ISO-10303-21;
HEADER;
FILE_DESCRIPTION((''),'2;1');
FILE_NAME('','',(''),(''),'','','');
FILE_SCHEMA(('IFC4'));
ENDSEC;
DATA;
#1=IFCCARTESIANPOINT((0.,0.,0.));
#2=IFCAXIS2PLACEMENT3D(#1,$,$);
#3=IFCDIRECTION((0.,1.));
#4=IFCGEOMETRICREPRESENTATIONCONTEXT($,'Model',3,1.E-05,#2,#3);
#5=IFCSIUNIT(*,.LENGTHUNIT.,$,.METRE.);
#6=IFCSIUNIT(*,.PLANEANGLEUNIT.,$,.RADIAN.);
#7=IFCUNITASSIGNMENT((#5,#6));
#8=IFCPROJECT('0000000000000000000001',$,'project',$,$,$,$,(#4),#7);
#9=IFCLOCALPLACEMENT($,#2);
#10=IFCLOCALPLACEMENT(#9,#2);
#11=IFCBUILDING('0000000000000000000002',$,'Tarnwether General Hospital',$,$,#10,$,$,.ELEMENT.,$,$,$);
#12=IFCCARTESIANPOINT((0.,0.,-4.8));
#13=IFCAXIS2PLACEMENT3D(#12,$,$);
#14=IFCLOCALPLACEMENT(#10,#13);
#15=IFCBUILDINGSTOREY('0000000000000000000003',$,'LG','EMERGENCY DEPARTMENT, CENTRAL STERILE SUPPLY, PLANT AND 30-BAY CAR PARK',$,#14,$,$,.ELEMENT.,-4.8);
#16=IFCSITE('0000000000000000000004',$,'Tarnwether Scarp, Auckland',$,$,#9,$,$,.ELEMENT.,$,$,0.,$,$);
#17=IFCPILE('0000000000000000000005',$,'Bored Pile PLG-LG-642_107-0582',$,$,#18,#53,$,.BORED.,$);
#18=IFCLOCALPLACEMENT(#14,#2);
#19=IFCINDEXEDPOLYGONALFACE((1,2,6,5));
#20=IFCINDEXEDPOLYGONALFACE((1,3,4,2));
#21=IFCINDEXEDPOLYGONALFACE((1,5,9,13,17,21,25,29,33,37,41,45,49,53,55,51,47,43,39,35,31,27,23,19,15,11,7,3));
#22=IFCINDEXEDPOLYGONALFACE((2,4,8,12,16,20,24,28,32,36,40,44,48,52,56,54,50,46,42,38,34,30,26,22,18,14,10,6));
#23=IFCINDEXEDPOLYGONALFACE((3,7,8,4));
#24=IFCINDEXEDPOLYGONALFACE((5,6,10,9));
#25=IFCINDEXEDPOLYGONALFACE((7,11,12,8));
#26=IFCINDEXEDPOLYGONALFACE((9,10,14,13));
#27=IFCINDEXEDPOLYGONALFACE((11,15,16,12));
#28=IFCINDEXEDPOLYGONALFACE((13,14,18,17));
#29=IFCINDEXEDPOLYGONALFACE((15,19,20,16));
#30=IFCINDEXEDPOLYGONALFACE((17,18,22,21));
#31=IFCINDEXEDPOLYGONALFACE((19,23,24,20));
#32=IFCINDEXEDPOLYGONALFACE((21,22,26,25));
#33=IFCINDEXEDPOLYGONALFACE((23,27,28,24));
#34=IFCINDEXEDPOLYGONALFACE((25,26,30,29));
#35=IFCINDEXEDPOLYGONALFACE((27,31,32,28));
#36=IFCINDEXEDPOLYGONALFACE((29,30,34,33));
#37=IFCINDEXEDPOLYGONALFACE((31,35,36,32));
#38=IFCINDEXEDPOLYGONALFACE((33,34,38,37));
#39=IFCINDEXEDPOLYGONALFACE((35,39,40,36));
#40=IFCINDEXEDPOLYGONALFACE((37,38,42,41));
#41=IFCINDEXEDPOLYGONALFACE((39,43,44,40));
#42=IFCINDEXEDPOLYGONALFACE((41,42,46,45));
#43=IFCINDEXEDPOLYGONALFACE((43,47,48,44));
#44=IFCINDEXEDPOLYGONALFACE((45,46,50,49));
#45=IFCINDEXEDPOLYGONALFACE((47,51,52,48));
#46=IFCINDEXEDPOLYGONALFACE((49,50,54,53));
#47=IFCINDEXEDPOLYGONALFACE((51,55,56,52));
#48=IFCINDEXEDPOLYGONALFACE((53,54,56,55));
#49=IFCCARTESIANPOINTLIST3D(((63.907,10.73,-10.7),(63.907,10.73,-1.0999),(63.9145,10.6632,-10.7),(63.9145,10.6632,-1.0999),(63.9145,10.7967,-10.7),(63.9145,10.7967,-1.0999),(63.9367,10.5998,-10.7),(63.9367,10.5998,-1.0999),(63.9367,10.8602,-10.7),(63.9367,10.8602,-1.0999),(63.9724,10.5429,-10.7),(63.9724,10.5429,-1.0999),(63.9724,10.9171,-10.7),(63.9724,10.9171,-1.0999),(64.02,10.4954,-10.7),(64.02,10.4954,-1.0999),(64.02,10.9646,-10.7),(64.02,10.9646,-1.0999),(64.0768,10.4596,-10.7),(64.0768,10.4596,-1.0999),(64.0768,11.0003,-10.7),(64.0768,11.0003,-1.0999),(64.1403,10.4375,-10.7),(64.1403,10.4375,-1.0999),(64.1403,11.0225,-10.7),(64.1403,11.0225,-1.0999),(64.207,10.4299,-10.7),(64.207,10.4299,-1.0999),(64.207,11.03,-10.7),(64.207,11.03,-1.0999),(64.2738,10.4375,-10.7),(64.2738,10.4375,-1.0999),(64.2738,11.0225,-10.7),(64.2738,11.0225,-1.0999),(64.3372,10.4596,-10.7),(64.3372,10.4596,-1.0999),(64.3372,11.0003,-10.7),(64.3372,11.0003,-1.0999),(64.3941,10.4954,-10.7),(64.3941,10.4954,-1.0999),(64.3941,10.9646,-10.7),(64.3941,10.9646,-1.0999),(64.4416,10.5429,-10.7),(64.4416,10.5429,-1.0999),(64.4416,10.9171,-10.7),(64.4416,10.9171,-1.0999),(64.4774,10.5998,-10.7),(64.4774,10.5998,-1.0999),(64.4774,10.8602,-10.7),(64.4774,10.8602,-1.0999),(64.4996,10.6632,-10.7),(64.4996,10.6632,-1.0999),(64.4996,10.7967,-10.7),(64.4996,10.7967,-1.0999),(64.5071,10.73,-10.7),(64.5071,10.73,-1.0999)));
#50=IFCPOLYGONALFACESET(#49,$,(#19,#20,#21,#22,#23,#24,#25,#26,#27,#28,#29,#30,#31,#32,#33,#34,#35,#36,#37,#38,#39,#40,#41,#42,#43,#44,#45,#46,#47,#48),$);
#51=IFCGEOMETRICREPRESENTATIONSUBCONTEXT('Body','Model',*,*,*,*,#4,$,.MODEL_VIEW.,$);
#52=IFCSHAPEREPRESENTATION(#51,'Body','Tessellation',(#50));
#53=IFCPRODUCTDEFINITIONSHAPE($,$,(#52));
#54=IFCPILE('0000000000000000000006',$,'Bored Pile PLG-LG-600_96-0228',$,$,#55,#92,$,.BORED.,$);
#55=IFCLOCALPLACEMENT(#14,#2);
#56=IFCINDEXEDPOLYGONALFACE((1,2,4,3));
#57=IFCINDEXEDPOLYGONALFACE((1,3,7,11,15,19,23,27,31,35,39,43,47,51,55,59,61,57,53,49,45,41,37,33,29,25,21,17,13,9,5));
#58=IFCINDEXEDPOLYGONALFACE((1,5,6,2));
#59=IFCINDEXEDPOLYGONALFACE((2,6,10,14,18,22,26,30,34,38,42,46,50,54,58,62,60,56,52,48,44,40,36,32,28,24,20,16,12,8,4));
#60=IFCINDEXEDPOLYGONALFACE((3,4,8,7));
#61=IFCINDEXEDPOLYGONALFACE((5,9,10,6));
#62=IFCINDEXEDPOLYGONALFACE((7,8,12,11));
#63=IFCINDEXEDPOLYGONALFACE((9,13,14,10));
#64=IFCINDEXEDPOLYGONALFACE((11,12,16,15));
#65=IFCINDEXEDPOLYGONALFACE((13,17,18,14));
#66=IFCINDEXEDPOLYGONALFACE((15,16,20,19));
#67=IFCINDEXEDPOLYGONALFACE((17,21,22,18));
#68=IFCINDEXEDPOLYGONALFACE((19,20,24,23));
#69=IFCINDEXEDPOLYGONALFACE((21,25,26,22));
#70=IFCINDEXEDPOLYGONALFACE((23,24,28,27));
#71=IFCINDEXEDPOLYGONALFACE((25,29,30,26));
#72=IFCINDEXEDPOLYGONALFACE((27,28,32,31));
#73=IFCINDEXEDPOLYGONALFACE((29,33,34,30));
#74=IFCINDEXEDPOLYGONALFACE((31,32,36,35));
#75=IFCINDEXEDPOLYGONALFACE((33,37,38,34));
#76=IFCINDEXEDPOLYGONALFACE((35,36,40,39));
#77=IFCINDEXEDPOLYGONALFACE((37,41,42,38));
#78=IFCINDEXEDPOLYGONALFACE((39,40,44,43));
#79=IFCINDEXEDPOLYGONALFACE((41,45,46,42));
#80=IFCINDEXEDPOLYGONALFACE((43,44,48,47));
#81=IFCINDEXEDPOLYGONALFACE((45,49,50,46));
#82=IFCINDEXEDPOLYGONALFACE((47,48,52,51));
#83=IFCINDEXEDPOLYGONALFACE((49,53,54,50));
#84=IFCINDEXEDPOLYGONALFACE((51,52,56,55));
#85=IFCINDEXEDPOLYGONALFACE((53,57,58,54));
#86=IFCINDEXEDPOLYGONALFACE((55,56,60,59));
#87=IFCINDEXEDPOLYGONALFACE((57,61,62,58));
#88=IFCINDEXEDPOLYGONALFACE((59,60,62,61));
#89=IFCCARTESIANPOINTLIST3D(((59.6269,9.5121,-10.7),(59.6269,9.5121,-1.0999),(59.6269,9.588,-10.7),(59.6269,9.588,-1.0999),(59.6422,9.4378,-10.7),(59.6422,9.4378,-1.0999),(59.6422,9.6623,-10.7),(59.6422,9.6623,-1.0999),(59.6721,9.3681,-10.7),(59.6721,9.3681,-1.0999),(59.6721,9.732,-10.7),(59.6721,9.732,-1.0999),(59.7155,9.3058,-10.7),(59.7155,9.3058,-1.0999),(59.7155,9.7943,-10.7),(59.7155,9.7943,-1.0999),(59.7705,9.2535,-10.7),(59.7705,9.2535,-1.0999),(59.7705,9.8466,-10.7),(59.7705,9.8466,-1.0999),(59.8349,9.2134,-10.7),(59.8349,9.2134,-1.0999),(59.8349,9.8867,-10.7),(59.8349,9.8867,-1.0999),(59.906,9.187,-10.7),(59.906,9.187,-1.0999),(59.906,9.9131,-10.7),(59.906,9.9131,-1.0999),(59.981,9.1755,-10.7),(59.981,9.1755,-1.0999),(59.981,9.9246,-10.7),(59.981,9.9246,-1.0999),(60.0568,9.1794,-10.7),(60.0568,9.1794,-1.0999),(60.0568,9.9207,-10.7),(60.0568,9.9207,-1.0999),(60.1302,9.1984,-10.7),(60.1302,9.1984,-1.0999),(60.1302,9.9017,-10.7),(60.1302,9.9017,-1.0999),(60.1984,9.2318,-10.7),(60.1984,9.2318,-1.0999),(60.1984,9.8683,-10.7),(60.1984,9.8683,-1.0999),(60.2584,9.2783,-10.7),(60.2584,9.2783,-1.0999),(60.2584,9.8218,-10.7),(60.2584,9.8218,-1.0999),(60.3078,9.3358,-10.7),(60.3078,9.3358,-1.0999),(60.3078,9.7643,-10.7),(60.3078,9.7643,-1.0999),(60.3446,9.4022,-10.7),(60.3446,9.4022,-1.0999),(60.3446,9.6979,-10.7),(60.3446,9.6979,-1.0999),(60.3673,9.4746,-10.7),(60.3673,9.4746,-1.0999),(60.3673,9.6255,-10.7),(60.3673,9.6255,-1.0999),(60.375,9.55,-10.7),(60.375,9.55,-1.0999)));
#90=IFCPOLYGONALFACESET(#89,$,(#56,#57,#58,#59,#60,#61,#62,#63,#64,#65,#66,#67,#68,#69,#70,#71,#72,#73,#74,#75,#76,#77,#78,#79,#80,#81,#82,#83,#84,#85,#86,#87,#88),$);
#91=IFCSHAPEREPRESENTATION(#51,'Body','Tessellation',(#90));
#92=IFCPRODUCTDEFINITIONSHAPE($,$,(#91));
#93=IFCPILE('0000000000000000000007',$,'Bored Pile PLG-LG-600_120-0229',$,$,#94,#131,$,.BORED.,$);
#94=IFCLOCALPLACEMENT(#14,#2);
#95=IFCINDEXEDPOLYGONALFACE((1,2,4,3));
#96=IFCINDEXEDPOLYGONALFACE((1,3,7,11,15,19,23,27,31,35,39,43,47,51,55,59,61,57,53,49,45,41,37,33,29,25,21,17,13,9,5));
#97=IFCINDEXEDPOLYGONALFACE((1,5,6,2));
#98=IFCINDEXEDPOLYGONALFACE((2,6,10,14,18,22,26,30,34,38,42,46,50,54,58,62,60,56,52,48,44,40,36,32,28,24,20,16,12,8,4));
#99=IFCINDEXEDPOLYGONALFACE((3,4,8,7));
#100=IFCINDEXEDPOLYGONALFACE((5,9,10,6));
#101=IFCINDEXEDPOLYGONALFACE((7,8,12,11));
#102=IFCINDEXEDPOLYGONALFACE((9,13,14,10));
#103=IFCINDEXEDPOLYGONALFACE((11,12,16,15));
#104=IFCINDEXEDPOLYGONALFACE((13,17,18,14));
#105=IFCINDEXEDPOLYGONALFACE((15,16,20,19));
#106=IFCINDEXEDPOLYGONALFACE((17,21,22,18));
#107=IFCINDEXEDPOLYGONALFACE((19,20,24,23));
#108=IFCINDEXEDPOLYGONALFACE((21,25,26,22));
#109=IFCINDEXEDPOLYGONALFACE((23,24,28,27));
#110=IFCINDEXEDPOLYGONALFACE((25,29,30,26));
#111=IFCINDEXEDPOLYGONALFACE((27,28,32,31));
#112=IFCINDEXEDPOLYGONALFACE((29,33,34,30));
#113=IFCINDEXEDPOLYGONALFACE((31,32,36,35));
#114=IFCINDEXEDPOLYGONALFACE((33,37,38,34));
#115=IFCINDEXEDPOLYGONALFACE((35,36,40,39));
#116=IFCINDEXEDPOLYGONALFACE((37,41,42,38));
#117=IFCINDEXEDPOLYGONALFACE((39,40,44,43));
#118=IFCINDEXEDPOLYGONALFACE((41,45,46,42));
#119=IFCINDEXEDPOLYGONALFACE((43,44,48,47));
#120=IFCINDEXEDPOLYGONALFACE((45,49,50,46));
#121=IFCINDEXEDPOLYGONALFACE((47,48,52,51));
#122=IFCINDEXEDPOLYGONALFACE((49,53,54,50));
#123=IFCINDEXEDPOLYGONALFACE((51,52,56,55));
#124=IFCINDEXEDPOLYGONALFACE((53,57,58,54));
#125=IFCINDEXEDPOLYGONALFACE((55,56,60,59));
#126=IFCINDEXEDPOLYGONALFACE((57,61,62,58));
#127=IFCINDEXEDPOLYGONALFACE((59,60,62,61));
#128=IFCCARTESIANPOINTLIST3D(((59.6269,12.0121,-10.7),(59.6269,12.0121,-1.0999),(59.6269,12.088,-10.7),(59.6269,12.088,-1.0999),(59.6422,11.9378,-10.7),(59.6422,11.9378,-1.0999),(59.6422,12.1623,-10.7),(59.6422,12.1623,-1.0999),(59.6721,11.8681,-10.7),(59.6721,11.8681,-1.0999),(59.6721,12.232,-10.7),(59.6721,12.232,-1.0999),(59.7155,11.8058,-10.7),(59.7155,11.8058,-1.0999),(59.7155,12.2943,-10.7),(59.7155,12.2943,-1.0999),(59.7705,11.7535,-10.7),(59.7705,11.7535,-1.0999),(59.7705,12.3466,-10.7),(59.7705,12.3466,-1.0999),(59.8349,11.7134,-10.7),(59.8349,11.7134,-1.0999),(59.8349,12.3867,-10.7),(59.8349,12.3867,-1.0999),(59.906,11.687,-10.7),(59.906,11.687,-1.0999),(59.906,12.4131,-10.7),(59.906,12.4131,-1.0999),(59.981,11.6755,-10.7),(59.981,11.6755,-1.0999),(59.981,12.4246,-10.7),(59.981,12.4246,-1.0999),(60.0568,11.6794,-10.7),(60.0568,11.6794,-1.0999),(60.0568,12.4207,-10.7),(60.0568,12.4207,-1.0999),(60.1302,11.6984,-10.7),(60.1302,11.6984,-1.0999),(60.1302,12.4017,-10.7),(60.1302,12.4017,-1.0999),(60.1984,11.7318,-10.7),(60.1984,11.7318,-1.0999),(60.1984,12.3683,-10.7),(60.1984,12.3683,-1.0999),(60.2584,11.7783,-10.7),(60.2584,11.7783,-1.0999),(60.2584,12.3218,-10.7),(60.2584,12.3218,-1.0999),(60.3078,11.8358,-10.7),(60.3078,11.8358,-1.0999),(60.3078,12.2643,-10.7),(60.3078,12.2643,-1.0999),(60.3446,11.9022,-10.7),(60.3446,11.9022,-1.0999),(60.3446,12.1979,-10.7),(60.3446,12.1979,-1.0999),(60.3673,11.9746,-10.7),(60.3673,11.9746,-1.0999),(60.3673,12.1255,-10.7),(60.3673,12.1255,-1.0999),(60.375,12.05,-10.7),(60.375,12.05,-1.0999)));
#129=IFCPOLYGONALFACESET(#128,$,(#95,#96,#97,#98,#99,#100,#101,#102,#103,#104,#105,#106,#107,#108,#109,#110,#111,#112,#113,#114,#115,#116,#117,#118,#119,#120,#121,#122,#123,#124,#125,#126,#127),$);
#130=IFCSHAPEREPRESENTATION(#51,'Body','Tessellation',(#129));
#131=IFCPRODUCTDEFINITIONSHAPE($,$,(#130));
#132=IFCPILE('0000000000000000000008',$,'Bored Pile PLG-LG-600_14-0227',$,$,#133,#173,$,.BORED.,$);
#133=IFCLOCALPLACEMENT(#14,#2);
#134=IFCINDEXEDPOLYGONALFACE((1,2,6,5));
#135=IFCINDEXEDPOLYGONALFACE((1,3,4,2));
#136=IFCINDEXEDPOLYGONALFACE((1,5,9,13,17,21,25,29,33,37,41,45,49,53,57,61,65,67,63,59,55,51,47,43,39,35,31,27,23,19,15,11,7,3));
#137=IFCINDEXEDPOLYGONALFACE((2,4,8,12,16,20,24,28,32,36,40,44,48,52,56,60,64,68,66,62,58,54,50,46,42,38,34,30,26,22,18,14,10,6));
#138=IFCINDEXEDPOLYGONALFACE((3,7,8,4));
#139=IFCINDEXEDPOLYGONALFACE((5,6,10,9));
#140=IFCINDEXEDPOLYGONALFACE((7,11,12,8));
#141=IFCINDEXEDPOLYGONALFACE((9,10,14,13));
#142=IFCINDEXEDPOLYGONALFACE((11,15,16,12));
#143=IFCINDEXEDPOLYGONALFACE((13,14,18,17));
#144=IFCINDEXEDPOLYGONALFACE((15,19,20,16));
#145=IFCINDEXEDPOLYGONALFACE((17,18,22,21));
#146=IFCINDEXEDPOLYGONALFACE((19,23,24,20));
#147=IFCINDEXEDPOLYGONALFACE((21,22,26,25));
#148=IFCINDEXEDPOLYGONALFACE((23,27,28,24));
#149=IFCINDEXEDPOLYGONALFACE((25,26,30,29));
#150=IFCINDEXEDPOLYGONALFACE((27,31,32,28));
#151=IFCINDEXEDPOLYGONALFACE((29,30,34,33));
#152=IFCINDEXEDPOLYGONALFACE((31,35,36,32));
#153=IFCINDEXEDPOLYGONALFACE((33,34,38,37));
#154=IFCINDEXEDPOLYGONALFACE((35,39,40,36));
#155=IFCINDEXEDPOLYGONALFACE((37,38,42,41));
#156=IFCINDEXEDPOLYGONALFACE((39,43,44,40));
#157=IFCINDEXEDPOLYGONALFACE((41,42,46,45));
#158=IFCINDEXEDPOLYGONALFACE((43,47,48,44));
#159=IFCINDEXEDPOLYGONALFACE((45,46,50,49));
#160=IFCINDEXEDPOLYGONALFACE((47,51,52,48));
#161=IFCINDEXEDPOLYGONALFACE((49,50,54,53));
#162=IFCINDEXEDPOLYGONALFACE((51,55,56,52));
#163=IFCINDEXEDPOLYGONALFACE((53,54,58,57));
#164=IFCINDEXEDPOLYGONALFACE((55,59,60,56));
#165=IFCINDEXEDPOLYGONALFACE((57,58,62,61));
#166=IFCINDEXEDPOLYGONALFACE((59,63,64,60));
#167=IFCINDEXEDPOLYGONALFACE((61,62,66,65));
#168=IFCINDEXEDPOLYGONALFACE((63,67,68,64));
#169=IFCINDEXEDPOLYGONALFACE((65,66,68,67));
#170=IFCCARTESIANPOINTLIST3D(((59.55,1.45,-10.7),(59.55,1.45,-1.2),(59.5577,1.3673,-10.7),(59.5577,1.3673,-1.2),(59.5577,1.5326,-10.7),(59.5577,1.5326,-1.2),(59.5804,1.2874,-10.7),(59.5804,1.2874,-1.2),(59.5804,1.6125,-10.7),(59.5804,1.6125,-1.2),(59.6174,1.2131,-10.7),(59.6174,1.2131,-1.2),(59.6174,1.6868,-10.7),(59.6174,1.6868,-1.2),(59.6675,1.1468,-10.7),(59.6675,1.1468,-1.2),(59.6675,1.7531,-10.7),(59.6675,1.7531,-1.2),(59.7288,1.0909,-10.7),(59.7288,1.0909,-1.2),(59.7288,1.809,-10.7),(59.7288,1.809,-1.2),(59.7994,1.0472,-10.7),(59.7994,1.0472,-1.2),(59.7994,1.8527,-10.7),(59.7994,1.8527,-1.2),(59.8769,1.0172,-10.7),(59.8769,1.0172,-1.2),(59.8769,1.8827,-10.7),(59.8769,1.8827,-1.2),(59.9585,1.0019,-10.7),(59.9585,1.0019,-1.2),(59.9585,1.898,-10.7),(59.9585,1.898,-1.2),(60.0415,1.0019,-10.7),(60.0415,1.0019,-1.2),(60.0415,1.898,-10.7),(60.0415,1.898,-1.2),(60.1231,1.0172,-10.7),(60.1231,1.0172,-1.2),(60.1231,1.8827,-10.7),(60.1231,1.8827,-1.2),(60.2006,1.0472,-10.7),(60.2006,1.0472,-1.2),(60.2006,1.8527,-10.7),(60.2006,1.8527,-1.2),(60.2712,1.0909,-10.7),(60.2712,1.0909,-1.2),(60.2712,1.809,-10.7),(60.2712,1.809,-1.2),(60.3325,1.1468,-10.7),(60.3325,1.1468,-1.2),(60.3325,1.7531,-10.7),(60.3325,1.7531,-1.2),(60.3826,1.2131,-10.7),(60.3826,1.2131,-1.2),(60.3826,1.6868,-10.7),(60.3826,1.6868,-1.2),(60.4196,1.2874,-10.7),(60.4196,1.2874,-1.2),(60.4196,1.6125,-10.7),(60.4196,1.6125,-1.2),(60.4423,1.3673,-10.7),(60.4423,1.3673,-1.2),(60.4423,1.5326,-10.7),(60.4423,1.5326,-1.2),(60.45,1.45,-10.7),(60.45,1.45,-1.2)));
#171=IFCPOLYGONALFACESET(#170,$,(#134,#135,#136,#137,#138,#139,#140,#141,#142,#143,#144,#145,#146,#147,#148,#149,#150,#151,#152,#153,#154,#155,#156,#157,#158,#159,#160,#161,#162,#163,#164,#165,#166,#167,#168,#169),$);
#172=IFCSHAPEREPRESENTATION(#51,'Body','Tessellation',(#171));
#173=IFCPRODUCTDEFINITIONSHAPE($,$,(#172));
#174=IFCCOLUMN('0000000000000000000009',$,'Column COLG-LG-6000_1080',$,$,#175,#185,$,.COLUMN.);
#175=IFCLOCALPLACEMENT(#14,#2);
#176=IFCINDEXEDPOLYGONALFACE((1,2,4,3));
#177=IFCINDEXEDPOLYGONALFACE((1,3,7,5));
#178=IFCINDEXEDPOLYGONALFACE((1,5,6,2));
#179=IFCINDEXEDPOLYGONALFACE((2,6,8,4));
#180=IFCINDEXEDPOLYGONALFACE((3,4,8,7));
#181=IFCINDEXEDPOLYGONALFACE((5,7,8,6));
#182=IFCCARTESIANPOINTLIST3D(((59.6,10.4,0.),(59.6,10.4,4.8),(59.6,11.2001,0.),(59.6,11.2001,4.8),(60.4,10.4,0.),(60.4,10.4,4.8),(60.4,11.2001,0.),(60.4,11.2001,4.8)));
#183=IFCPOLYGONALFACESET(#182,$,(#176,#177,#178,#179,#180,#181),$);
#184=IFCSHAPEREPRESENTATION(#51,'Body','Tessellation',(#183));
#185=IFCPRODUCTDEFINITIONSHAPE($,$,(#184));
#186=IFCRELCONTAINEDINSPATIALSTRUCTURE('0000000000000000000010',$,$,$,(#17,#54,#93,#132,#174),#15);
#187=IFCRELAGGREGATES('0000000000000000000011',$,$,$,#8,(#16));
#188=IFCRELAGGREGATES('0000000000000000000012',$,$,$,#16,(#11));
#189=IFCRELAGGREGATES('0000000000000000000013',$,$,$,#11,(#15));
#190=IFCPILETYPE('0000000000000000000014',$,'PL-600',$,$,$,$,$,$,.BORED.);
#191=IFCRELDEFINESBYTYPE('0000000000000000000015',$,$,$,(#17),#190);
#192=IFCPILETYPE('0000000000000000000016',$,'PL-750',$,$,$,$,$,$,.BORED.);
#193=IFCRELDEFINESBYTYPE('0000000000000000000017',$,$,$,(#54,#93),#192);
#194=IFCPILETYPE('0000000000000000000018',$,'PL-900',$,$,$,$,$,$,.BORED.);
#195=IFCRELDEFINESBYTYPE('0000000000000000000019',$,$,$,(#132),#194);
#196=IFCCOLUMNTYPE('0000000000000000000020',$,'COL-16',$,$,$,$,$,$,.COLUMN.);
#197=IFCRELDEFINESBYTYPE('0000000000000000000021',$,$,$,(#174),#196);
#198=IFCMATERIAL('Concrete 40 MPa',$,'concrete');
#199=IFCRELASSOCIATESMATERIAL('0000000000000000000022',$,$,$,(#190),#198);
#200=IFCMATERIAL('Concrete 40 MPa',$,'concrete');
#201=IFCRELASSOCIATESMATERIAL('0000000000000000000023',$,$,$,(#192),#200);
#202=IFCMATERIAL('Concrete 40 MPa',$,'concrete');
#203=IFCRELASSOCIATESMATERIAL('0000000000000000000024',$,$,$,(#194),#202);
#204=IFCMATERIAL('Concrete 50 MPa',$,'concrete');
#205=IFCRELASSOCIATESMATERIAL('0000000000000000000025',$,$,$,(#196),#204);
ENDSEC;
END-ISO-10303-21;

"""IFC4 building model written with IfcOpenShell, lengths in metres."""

from ifc_helpers import new_model, si_unit, direction, frame, origin, origin_2d, place, context, subcontext, project, spatial, rectangle, circle, extrude, material, material_profile, profile_set, type_object, element, save


model = new_model("IFC4")

# Units and contexts
model_context = context("Model", 3, precision=1e-05, world=origin(), true_north=direction((0.0, 1.0)))
body_context = subcontext(model_context, "Body", "Model", "MODEL_VIEW")
ifc_project = project(units=[si_unit("LENGTHUNIT", "METRE"), si_unit("PLANEANGLEUNIT", "RADIAN")], contexts=[model_context])

# Site, building, storey
site_placement = place(None, origin())
site = spatial("IfcSite", under=ifc_project, at=site_placement, Name="Tarnwether Scarp, Auckland", CompositionType="ELEMENT", RefElevation=0.0)
building_placement = place(site_placement, origin())
building = spatial("IfcBuilding", under=site, at=building_placement, Name="Tarnwether General Hospital", CompositionType="ELEMENT")
storey_placement = place(building_placement, frame((0.0, 0.0, -4.8)))
storey = spatial("IfcBuildingStorey", under=building, at=storey_placement, Name="LG", Description="EMERGENCY DEPARTMENT, CENTRAL STERILE SUPPLY, PLANT AND 30-BAY CAR PARK", CompositionType="ELEMENT", Elevation=-4.8)

# Piles
ifc_material_1 = material(Name="Concrete 40 MPa", Category="concrete")
ifc_material_profile_1 = material_profile(ifc_material_1, circle(Radius=0.3, at=origin_2d()), Name="PILE-D600")
ifc_profile_set_1 = profile_set([ifc_material_profile_1], Name="Concrete 40 MPa")
pile_type_1 = type_object("IfcPileType", Name="PL-600", PredefinedType="BORED", material=ifc_profile_set_1)
for number, where, z_axis, x_axis, name in (
    (1, (64.207, 10.73, -1.0999), (0.0, 0.0, -1.0), (1.0, 0.0, 0.0), "Bored Pile PLG-LG-642_107-0582"),
):
    element("IfcPile", number, at=place(storey_placement, frame(where, z_axis=z_axis, x_axis=x_axis)), inside=storey, type_object=pile_type_1, Name=name, PredefinedType="BORED", context=body_context, shape_type="SweptSolid", body=[
        extrude(circle(Radius=0.3, at=origin_2d()), origin(), (0.0, 0.0, 1.0), 9.6001),
    ])
ifc_material_2 = material(Name="Concrete 40 MPa", Category="concrete")
ifc_material_profile_2 = material_profile(ifc_material_2, circle(Radius=0.375, at=origin_2d()), Name="PILE-D750")
ifc_profile_set_2 = profile_set([ifc_material_profile_2], Name="Concrete 40 MPa")
pile_type_2 = type_object("IfcPileType", Name="PL-750", PredefinedType="BORED", material=ifc_profile_set_2)
for number, where, z_axis, x_axis, name in (
    (2, (60.0, 9.55, -1.0999), (0.0, 0.0, -1.0), (1.0, 0.0, 0.0), "Bored Pile PLG-LG-600_96-0228"),
    (3, (60.0, 12.05, -1.0999), (0.0, 0.0, -1.0), (1.0, 0.0, 0.0), "Bored Pile PLG-LG-600_120-0229"),
):
    element("IfcPile", number, at=place(storey_placement, frame(where, z_axis=z_axis, x_axis=x_axis)), inside=storey, type_object=pile_type_2, Name=name, PredefinedType="BORED", context=body_context, shape_type="SweptSolid", body=[
        extrude(circle(Radius=0.375, at=origin_2d()), origin(), (0.0, 0.0, 1.0), 9.6001),
    ])
ifc_material_3 = material(Name="Concrete 40 MPa", Category="concrete")
ifc_material_profile_3 = material_profile(ifc_material_3, circle(Radius=0.45, at=origin_2d()), Name="PILE-D900")
ifc_profile_set_3 = profile_set([ifc_material_profile_3], Name="Concrete 40 MPa")
pile_type_3 = type_object("IfcPileType", Name="PL-900", PredefinedType="BORED", material=ifc_profile_set_3)
pile_placement = place(storey_placement, frame((60.0, 1.45, -1.2), z_axis=(0.0, 0.0, -1.0), x_axis=(1.0, 0.0, 0.0)))
element("IfcPile", 4, at=pile_placement, inside=storey, type_object=pile_type_3, Name="Bored Pile PLG-LG-600_14-0227", PredefinedType="BORED", context=body_context, shape_type="SweptSolid", body=[
    extrude(circle(Radius=0.45, at=origin_2d()), origin(), (0.0, 0.0, 1.0), 9.5),
])

# Column
ifc_material_4 = material(Name="Concrete 50 MPa", Category="concrete")
ifc_material_profile_4 = material_profile(ifc_material_4, rectangle(XDim=0.8, YDim=0.8, at=origin_2d()), Name="RC-COL-800x800")
ifc_profile_set_4 = profile_set([ifc_material_profile_4], Name="Concrete 50 MPa")
column_type_1 = type_object("IfcColumnType", Name="COL-16", PredefinedType="COLUMN", material=ifc_profile_set_4)
column_1_placement = place(storey_placement, frame((60.0, 10.8, 0.0), z_axis=(0.0, 0.0, 1.0), x_axis=(0.0, 1.0, 0.0)))
element("IfcColumn", 5, at=column_1_placement, inside=storey, type_object=column_type_1, Name="Column COLG-LG-6000_1080", PredefinedType="COLUMN", context=body_context, shape_type="SweptSolid", body=[
    extrude(rectangle(XDim=0.8, YDim=0.8, at=origin_2d()), origin(), (0.0, 0.0, 1.0), 4.8),
])

save(model, "model.ifc")
